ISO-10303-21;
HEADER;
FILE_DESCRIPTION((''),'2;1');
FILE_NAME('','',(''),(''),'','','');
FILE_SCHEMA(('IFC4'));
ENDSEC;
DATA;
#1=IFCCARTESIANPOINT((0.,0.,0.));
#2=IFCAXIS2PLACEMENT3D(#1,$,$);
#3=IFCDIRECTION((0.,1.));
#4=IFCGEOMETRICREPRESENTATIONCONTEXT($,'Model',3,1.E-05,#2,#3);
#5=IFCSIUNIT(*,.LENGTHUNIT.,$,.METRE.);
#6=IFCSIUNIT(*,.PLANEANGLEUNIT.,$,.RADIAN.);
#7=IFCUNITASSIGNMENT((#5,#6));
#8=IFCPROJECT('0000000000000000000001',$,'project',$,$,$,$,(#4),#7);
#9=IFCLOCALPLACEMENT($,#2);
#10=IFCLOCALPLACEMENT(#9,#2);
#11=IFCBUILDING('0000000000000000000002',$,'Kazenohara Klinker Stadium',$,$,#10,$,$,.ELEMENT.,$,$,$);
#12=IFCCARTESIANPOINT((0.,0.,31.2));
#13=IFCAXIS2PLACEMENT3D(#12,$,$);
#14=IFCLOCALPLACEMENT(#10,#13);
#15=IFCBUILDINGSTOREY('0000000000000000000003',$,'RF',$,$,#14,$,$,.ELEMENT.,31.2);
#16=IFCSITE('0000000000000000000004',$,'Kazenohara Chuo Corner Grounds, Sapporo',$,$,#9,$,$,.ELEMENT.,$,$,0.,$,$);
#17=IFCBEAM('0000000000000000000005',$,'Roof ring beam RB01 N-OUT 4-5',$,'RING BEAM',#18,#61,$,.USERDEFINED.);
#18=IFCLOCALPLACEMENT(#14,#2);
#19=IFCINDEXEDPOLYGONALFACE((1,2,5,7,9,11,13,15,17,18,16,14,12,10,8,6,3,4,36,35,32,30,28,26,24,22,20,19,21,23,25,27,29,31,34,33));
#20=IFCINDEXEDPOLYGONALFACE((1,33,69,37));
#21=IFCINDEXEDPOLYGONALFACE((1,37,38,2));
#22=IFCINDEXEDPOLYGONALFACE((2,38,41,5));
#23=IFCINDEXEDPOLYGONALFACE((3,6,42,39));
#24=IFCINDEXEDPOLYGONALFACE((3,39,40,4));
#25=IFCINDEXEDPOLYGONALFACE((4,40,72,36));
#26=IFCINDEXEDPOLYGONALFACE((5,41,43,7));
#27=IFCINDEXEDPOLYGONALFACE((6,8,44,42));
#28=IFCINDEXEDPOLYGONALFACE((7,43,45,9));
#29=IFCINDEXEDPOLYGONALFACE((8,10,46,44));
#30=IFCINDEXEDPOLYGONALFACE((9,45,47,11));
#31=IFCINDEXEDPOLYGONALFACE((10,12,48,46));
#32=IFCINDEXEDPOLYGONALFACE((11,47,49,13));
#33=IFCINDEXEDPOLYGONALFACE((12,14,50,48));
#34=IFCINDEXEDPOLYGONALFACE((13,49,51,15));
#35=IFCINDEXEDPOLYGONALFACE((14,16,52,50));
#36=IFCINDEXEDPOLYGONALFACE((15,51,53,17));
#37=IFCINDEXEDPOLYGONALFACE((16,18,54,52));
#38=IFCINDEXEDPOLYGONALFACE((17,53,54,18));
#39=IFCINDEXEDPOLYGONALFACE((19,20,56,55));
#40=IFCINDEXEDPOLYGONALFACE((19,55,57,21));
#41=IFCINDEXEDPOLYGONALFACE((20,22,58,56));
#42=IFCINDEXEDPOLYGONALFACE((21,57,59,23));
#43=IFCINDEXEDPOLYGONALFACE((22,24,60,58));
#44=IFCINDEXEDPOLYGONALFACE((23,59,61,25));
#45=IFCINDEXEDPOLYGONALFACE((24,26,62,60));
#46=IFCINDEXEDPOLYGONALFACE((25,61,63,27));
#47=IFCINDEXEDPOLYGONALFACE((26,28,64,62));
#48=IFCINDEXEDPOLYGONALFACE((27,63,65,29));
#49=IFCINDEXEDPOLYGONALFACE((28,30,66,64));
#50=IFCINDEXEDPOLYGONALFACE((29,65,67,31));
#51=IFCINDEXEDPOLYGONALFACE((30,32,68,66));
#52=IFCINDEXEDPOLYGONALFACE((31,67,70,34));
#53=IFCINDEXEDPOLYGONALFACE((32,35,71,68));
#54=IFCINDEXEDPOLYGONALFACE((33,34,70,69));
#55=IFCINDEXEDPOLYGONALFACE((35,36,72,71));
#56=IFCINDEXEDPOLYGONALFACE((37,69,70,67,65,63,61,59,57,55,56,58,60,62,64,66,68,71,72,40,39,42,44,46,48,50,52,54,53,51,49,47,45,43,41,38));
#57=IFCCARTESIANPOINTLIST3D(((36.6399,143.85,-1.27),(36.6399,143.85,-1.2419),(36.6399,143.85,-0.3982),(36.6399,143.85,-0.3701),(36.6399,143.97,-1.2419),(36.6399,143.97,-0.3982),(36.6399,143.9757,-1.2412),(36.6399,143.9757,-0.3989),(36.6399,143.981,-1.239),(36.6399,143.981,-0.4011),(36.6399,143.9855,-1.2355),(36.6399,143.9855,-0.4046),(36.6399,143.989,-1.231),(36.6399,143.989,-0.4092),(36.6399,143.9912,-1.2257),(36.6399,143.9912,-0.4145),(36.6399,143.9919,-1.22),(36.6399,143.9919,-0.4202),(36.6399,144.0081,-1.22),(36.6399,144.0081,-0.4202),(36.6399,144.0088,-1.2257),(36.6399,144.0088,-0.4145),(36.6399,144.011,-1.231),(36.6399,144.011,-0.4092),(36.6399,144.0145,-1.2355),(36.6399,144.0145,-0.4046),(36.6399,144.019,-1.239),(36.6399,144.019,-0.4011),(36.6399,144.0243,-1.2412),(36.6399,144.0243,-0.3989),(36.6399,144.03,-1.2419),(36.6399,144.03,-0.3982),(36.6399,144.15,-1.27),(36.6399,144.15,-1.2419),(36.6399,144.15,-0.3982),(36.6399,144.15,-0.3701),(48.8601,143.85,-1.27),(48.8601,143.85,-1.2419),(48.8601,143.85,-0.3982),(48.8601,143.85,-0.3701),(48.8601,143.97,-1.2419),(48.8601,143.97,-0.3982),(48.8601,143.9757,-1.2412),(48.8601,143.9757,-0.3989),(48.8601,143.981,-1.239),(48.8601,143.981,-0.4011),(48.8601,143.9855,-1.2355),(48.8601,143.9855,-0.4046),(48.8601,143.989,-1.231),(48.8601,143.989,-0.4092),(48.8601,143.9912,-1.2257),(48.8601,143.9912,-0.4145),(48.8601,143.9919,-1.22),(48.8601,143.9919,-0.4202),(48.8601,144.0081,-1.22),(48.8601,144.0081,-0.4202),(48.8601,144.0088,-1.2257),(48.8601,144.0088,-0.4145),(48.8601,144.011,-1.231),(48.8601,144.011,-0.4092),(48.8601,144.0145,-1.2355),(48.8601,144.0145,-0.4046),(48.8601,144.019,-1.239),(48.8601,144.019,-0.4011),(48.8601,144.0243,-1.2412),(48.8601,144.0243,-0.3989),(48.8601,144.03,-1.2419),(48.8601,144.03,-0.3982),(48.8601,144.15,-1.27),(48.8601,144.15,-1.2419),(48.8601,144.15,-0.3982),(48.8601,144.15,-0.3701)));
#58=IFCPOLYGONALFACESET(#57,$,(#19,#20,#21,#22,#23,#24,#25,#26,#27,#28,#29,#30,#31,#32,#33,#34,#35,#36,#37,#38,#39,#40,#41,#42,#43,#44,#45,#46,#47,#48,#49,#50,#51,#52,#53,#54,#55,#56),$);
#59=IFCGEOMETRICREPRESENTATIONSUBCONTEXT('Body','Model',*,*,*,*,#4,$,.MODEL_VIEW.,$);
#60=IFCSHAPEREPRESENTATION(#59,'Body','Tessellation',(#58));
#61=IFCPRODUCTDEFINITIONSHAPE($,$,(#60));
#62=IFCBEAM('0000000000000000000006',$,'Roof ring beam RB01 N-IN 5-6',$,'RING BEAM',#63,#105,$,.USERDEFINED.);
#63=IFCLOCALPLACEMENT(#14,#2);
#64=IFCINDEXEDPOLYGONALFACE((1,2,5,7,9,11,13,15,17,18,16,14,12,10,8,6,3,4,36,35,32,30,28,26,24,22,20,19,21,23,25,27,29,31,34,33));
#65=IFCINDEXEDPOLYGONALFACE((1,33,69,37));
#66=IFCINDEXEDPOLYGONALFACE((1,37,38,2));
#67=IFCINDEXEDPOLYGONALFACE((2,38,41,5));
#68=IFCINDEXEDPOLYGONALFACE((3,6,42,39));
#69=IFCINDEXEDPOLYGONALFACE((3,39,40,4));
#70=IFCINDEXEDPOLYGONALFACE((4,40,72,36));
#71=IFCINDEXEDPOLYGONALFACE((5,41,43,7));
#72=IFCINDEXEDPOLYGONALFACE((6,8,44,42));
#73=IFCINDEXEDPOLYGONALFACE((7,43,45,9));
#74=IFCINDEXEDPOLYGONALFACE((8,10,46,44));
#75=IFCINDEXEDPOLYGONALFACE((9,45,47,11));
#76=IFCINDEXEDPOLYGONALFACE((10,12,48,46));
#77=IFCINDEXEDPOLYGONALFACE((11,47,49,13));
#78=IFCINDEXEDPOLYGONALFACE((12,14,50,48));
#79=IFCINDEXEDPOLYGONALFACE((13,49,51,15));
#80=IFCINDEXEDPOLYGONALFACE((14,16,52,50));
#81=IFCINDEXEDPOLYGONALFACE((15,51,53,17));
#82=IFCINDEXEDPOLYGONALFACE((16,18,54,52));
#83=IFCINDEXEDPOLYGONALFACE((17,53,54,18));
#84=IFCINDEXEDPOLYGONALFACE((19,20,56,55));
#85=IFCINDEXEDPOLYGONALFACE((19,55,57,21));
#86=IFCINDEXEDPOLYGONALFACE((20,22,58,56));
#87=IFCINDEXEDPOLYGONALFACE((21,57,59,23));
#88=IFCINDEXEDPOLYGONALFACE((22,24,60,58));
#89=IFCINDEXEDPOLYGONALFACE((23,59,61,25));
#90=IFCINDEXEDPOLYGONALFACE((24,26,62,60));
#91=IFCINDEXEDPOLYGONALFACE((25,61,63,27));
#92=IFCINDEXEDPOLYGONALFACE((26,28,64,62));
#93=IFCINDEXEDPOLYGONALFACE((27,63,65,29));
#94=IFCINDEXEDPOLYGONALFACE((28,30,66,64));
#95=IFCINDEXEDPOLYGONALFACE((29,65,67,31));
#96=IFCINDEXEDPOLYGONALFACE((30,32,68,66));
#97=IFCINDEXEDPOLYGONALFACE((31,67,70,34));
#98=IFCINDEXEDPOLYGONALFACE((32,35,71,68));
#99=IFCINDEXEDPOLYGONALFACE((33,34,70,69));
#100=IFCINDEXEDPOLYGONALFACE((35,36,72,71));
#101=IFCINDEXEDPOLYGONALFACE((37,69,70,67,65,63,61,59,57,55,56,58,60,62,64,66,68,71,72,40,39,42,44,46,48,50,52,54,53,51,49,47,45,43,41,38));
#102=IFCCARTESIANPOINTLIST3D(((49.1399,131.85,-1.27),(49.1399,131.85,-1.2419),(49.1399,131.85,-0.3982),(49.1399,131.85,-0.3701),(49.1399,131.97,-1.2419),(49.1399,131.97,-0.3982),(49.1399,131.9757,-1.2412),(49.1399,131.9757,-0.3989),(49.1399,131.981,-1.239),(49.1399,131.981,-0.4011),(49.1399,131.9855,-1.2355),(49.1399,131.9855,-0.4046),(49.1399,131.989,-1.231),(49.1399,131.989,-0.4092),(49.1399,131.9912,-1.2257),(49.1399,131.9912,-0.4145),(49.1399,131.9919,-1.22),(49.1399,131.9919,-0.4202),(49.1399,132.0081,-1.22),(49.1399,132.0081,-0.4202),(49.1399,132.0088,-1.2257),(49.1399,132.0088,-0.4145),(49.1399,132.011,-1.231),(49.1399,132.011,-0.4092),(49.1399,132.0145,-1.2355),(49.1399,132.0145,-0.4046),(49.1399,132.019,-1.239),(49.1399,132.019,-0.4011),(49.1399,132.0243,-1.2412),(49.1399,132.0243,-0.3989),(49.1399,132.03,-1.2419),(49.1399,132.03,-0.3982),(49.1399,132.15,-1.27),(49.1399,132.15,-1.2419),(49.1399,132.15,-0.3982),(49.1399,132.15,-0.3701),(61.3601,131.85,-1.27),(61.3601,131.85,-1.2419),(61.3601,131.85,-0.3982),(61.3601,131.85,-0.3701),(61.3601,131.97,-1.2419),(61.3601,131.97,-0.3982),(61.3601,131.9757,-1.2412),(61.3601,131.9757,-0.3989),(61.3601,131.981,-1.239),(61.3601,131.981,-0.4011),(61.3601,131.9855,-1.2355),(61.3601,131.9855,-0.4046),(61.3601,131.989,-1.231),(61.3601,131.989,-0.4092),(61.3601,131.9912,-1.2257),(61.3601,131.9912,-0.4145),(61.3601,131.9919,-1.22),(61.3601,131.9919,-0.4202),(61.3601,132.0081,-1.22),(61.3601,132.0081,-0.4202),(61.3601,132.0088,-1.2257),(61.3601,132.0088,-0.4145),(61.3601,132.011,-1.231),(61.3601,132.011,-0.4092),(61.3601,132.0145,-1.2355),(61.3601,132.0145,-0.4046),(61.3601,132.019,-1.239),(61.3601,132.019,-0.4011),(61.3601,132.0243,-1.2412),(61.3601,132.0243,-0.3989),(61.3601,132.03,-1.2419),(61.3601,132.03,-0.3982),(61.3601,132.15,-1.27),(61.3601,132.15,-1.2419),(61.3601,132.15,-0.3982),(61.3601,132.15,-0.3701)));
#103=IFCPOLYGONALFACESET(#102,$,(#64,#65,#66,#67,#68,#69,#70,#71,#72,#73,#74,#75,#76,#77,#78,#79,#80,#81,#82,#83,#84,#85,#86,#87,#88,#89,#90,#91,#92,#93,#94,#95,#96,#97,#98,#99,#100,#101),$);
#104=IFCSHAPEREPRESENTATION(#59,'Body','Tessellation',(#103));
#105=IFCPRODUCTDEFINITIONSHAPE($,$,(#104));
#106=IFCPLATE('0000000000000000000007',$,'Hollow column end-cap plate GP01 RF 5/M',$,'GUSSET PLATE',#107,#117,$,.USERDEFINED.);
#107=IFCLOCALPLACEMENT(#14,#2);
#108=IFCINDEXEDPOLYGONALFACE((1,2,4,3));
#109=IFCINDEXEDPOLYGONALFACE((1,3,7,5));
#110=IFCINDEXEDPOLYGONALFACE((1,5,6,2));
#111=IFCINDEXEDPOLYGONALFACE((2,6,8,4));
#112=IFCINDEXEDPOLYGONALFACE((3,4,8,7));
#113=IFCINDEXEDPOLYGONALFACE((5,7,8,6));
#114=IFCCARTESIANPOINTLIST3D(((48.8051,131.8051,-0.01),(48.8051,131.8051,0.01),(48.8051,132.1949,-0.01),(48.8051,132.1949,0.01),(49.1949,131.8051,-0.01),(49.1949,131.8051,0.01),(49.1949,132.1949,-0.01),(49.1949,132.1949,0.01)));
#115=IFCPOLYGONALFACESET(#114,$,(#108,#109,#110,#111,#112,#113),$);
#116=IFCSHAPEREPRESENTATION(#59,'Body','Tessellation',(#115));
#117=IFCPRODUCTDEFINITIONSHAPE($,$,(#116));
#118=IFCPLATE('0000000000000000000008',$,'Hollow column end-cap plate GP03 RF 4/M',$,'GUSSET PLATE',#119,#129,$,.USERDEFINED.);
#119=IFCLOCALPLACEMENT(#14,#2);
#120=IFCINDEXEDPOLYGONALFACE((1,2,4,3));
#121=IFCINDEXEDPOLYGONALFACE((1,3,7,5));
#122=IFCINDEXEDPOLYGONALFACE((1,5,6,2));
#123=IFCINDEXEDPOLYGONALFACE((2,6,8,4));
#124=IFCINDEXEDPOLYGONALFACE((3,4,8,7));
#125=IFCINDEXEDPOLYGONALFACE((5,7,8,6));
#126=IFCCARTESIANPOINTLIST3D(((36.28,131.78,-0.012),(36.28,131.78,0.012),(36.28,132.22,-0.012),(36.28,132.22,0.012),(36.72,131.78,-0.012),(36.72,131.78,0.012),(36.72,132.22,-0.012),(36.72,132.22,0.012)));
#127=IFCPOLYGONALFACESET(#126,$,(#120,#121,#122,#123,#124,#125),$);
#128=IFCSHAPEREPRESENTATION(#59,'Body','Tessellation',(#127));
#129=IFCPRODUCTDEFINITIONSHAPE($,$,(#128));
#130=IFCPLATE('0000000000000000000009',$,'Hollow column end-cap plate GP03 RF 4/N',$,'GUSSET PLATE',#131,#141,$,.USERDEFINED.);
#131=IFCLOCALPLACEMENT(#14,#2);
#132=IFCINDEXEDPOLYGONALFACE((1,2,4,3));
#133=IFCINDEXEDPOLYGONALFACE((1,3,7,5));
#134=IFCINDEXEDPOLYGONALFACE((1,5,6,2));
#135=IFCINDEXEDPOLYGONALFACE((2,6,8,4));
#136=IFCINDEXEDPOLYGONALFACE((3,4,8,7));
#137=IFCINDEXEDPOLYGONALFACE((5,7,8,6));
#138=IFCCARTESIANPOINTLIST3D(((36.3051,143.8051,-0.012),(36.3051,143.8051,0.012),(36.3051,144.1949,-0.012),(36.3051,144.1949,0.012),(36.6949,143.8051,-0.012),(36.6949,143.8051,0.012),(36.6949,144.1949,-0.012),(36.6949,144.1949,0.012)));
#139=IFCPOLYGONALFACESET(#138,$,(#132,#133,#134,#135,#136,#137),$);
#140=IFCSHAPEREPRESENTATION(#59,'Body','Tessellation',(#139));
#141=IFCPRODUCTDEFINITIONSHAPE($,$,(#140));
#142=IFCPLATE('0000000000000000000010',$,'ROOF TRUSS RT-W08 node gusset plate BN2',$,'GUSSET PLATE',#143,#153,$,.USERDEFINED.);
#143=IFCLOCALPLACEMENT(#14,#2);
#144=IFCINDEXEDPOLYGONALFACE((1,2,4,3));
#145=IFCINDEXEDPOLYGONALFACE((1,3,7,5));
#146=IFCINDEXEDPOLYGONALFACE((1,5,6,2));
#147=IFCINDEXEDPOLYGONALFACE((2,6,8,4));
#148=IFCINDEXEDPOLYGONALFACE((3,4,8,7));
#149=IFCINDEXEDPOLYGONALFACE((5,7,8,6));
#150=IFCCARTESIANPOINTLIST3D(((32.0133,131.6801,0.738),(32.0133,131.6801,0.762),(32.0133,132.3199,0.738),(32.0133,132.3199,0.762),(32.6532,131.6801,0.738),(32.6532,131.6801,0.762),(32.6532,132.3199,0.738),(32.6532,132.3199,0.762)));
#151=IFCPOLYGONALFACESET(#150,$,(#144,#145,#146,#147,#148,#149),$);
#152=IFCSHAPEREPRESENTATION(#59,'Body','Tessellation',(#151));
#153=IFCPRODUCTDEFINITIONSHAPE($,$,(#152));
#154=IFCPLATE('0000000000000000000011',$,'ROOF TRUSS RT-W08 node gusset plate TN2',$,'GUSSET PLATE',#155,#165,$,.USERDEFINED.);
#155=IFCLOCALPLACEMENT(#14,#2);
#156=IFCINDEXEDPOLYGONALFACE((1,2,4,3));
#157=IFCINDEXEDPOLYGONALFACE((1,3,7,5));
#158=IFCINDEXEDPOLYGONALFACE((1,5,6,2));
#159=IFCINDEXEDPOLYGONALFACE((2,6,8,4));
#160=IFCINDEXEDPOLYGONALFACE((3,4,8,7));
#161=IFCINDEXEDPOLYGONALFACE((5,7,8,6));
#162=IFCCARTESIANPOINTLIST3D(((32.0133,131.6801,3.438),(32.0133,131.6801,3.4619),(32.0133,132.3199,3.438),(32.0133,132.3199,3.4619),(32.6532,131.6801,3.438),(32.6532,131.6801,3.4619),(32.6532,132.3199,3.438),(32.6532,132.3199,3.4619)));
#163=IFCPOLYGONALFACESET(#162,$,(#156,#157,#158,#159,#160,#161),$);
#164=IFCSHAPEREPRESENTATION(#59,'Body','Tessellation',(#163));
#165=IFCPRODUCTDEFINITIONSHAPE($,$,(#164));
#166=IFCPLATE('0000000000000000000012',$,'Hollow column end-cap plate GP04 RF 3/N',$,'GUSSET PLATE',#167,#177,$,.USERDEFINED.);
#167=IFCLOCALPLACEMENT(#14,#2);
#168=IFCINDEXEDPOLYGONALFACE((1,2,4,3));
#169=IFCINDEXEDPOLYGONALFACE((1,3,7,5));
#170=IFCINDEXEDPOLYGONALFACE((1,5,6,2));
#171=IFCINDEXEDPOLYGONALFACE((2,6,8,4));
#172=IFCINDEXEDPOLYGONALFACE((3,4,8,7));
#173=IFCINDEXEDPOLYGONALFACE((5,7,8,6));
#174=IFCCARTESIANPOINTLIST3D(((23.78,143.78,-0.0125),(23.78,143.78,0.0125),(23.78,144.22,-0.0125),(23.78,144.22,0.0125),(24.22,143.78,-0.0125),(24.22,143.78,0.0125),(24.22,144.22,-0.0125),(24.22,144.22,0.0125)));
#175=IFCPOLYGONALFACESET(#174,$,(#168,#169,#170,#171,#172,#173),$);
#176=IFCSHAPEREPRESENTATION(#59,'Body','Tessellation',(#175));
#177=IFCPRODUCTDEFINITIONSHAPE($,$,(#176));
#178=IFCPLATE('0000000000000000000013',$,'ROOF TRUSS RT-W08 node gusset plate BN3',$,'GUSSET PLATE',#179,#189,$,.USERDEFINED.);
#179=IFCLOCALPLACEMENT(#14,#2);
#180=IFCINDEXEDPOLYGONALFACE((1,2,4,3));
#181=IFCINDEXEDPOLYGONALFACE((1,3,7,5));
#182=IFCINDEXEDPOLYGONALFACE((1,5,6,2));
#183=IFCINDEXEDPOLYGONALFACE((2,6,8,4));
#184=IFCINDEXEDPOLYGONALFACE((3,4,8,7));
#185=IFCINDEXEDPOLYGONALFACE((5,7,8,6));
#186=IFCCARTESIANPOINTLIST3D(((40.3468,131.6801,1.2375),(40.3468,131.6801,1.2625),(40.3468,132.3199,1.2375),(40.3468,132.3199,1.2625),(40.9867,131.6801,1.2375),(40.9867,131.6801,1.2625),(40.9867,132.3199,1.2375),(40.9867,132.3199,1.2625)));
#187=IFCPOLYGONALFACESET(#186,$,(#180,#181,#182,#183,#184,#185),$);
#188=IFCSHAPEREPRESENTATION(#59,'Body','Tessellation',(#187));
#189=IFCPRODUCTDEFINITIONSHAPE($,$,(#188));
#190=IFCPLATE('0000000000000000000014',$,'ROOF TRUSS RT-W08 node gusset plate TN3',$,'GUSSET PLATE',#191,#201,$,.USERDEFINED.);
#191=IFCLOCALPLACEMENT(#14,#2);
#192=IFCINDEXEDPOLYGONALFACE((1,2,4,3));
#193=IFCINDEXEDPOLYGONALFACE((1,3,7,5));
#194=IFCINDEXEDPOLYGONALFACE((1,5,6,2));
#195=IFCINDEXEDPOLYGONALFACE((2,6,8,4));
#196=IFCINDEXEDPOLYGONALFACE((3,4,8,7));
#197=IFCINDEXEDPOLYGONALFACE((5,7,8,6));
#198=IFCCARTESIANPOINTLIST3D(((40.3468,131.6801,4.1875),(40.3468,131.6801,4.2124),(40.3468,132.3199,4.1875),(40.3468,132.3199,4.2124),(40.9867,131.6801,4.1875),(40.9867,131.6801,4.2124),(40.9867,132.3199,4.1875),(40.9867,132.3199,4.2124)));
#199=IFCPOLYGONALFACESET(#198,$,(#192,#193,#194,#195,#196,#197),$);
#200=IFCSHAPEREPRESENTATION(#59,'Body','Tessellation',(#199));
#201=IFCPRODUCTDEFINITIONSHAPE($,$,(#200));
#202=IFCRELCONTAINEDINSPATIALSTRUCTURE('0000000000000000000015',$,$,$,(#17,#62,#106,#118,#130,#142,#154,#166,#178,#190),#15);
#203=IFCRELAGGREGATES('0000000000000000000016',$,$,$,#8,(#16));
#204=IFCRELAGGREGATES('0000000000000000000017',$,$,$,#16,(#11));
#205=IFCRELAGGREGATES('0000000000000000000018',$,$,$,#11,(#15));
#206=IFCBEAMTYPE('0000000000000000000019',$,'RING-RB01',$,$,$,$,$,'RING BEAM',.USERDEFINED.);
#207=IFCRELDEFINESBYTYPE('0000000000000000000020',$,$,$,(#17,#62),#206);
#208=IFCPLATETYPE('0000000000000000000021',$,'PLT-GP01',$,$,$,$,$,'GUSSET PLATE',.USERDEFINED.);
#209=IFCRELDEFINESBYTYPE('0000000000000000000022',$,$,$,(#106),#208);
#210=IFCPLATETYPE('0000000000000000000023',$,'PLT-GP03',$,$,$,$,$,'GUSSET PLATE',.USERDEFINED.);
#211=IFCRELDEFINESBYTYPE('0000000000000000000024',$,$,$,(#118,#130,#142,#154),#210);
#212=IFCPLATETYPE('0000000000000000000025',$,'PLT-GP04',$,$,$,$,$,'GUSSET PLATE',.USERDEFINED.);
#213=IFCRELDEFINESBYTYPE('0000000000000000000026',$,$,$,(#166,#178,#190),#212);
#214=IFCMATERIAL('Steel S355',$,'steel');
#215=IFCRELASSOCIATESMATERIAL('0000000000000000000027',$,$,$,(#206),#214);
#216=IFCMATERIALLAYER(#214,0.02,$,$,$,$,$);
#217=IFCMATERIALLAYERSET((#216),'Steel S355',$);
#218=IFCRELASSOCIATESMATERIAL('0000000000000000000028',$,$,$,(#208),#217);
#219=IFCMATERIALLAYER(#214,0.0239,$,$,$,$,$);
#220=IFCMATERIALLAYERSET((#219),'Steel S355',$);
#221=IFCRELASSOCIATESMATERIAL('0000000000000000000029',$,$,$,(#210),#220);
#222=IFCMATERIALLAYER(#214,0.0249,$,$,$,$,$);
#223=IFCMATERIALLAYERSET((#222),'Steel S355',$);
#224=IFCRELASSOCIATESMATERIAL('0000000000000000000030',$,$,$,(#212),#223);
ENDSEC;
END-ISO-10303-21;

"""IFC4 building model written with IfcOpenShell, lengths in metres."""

from ifc_helpers import new_model, si_unit, direction, frame, origin, origin_2d, place, context, subcontext, project, spatial, rectangle, i_section, extrude, material, layer, layer_set, material_profile, profile_set, type_object, element, save


model = new_model("IFC4")

# Units and contexts
model_context = context("Model", 3, precision=1e-05, world=origin(), true_north=direction((0.0, 1.0)))
body_context = subcontext(model_context, "Body", "Model", "MODEL_VIEW")
ifc_project = project(units=[si_unit("LENGTHUNIT", "METRE"), si_unit("PLANEANGLEUNIT", "RADIAN")], contexts=[model_context])

# Site, building, storey
site_placement = place(None, origin())
site = spatial("IfcSite", under=ifc_project, at=site_placement, Name="Kazenohara Chuo Corner Grounds, Sapporo", CompositionType="ELEMENT", RefElevation=0.0)
building_placement = place(site_placement, origin())
building = spatial("IfcBuilding", under=site, at=building_placement, Name="Kazenohara Klinker Stadium", CompositionType="ELEMENT")
storey_placement = place(building_placement, frame((0.0, 0.0, 31.2)))
storey = spatial("IfcBuildingStorey", under=building, at=storey_placement, Name="RF", CompositionType="ELEMENT", Elevation=31.2)

# Shared definitions
ifc_material_1 = material(Name="Steel S355", Category="steel")

# Beams
ifc_material_profile_1 = material_profile(ifc_material_1, i_section(OverallWidth=0.3, OverallDepth=0.8999, WebThickness=0.0161, FlangeThickness=0.0281, FilletRadius=0.022, at=origin_2d()), Name="H-900x300x16x28")
ifc_profile_set_1 = profile_set([ifc_material_profile_1], Name="Steel S355")
beam_type = type_object("IfcBeamType", Name="RING-RB01", ElementType="RING BEAM", PredefinedType="USERDEFINED", material=ifc_profile_set_1)
for number, where, z_axis, x_axis, name in (
    (1, (36.6399, 144.0, -0.8201), (1.0, 0.0, 0.0), (0.0, 1.0, 0.0), "Roof ring beam RB01 N-OUT 4-5"),
    (2, (49.1399, 132.0, -0.8201), (1.0, 0.0, 0.0), (0.0, 1.0, 0.0), "Roof ring beam RB01 N-IN 5-6"),
):
    element("IfcBeam", number, at=place(storey_placement, frame(where, z_axis=z_axis, x_axis=x_axis)), inside=storey, type_object=beam_type, Name=name, ObjectType="RING BEAM", PredefinedType="USERDEFINED", context=body_context, shape_type="SweptSolid", body=[
        extrude(i_section(OverallWidth=0.3, OverallDepth=0.8999, WebThickness=0.0161, FlangeThickness=0.0281, FilletRadius=0.022, at=origin_2d()), origin(), (0.0, 0.0, 1.0), 12.2202),
    ])

# Plates
ifc_layer_1 = layer(ifc_material_1, 0.02)
ifc_layer_set_1 = layer_set([ifc_layer_1], Name="Steel S355")
plate_type_1 = type_object("IfcPlateType", Name="PLT-GP01", ElementType="GUSSET PLATE", PredefinedType="USERDEFINED", material=ifc_layer_set_1)
plate_1_placement = place(storey_placement, frame((49.0, 132.0, -0.01), z_axis=(0.0, 0.0, 1.0), x_axis=(1.0, 0.0, 0.0)))
element("IfcPlate", 3, at=plate_1_placement, inside=storey, type_object=plate_type_1, Name="Hollow column end-cap plate GP01 RF 5/M", ObjectType="GUSSET PLATE", PredefinedType="USERDEFINED", context=body_context, shape_type="SweptSolid", body=[
    extrude(rectangle(XDim=0.3899, YDim=0.3899, at=origin_2d()), origin(), (0.0, 0.0, 1.0), 0.02),
])
ifc_layer_2 = layer(ifc_material_1, 0.0239)
ifc_layer_set_2 = layer_set([ifc_layer_2], Name="Steel S355")
plate_type_2 = type_object("IfcPlateType", Name="PLT-GP03", ElementType="GUSSET PLATE", PredefinedType="USERDEFINED", material=ifc_layer_set_2)
plate_2_placement = place(storey_placement, frame((36.5, 132.0, -0.012), z_axis=(0.0, 0.0, 1.0), x_axis=(1.0, 0.0, 0.0)))
element("IfcPlate", 4, at=plate_2_placement, inside=storey, type_object=plate_type_2, Name="Hollow column end-cap plate GP03 RF 4/M", ObjectType="GUSSET PLATE", PredefinedType="USERDEFINED", context=body_context, shape_type="SweptSolid", body=[
    extrude(rectangle(XDim=0.4399, YDim=0.4399, at=origin_2d()), origin(), (0.0, 0.0, 1.0), 0.0239),
])
plate_3_placement = place(storey_placement, frame((36.5, 144.0, -0.012), z_axis=(0.0, 0.0, 1.0), x_axis=(1.0, 0.0, 0.0)))
element("IfcPlate", 5, at=plate_3_placement, inside=storey, type_object=plate_type_2, Name="Hollow column end-cap plate GP03 RF 4/N", ObjectType="GUSSET PLATE", PredefinedType="USERDEFINED", context=body_context, shape_type="SweptSolid", body=[
    extrude(rectangle(XDim=0.3899, YDim=0.3899, at=origin_2d()), origin(), (0.0, 0.0, 1.0), 0.0239),
])
for number, where, z_axis, x_axis, name in (
    (6, (32.3333, 132.0, 0.738), (0.0, 0.0, 1.0), (1.0, 0.0, 0.0), "ROOF TRUSS RT-W08 node gusset plate BN2"),
    (7, (32.3333, 132.0, 3.438), (0.0, 0.0, 1.0), (1.0, 0.0, 0.0), "ROOF TRUSS RT-W08 node gusset plate TN2"),
):
    element("IfcPlate", number, at=place(storey_placement, frame(where, z_axis=z_axis, x_axis=x_axis)), inside=storey, type_object=plate_type_2, Name=name, ObjectType="GUSSET PLATE", PredefinedType="USERDEFINED", context=body_context, shape_type="SweptSolid", body=[
        extrude(rectangle(XDim=0.6399, YDim=0.6399, at=origin_2d()), origin(), (0.0, 0.0, 1.0), 0.0239),
    ])
ifc_layer_3 = layer(ifc_material_1, 0.0249)
ifc_layer_set_3 = layer_set([ifc_layer_3], Name="Steel S355")
plate_type_3 = type_object("IfcPlateType", Name="PLT-GP04", ElementType="GUSSET PLATE", PredefinedType="USERDEFINED", material=ifc_layer_set_3)
plate_4_placement = place(storey_placement, frame((24.0, 144.0, -0.0125), z_axis=(0.0, 0.0, 1.0), x_axis=(1.0, 0.0, 0.0)))
element("IfcPlate", 8, at=plate_4_placement, inside=storey, type_object=plate_type_3, Name="Hollow column end-cap plate GP04 RF 3/N", ObjectType="GUSSET PLATE", PredefinedType="USERDEFINED", context=body_context, shape_type="SweptSolid", body=[
    extrude(rectangle(XDim=0.4399, YDim=0.4399, at=origin_2d()), origin(), (0.0, 0.0, 1.0), 0.0249),
])
for number, where, z_axis, x_axis, name in (
    (9, (40.6667, 132.0, 1.2375), (0.0, 0.0, 1.0), (1.0, 0.0, 0.0), "ROOF TRUSS RT-W08 node gusset plate BN3"),
    (10, (40.6667, 132.0, 4.1875), (0.0, 0.0, 1.0), (1.0, 0.0, 0.0), "ROOF TRUSS RT-W08 node gusset plate TN3"),
):
    element("IfcPlate", number, at=place(storey_placement, frame(where, z_axis=z_axis, x_axis=x_axis)), inside=storey, type_object=plate_type_3, Name=name, ObjectType="GUSSET PLATE", PredefinedType="USERDEFINED", context=body_context, shape_type="SweptSolid", body=[
        extrude(rectangle(XDim=0.6399, YDim=0.6399, at=origin_2d()), origin(), (0.0, 0.0, 1.0), 0.0249),
    ])

save(model, "model.ifc")
